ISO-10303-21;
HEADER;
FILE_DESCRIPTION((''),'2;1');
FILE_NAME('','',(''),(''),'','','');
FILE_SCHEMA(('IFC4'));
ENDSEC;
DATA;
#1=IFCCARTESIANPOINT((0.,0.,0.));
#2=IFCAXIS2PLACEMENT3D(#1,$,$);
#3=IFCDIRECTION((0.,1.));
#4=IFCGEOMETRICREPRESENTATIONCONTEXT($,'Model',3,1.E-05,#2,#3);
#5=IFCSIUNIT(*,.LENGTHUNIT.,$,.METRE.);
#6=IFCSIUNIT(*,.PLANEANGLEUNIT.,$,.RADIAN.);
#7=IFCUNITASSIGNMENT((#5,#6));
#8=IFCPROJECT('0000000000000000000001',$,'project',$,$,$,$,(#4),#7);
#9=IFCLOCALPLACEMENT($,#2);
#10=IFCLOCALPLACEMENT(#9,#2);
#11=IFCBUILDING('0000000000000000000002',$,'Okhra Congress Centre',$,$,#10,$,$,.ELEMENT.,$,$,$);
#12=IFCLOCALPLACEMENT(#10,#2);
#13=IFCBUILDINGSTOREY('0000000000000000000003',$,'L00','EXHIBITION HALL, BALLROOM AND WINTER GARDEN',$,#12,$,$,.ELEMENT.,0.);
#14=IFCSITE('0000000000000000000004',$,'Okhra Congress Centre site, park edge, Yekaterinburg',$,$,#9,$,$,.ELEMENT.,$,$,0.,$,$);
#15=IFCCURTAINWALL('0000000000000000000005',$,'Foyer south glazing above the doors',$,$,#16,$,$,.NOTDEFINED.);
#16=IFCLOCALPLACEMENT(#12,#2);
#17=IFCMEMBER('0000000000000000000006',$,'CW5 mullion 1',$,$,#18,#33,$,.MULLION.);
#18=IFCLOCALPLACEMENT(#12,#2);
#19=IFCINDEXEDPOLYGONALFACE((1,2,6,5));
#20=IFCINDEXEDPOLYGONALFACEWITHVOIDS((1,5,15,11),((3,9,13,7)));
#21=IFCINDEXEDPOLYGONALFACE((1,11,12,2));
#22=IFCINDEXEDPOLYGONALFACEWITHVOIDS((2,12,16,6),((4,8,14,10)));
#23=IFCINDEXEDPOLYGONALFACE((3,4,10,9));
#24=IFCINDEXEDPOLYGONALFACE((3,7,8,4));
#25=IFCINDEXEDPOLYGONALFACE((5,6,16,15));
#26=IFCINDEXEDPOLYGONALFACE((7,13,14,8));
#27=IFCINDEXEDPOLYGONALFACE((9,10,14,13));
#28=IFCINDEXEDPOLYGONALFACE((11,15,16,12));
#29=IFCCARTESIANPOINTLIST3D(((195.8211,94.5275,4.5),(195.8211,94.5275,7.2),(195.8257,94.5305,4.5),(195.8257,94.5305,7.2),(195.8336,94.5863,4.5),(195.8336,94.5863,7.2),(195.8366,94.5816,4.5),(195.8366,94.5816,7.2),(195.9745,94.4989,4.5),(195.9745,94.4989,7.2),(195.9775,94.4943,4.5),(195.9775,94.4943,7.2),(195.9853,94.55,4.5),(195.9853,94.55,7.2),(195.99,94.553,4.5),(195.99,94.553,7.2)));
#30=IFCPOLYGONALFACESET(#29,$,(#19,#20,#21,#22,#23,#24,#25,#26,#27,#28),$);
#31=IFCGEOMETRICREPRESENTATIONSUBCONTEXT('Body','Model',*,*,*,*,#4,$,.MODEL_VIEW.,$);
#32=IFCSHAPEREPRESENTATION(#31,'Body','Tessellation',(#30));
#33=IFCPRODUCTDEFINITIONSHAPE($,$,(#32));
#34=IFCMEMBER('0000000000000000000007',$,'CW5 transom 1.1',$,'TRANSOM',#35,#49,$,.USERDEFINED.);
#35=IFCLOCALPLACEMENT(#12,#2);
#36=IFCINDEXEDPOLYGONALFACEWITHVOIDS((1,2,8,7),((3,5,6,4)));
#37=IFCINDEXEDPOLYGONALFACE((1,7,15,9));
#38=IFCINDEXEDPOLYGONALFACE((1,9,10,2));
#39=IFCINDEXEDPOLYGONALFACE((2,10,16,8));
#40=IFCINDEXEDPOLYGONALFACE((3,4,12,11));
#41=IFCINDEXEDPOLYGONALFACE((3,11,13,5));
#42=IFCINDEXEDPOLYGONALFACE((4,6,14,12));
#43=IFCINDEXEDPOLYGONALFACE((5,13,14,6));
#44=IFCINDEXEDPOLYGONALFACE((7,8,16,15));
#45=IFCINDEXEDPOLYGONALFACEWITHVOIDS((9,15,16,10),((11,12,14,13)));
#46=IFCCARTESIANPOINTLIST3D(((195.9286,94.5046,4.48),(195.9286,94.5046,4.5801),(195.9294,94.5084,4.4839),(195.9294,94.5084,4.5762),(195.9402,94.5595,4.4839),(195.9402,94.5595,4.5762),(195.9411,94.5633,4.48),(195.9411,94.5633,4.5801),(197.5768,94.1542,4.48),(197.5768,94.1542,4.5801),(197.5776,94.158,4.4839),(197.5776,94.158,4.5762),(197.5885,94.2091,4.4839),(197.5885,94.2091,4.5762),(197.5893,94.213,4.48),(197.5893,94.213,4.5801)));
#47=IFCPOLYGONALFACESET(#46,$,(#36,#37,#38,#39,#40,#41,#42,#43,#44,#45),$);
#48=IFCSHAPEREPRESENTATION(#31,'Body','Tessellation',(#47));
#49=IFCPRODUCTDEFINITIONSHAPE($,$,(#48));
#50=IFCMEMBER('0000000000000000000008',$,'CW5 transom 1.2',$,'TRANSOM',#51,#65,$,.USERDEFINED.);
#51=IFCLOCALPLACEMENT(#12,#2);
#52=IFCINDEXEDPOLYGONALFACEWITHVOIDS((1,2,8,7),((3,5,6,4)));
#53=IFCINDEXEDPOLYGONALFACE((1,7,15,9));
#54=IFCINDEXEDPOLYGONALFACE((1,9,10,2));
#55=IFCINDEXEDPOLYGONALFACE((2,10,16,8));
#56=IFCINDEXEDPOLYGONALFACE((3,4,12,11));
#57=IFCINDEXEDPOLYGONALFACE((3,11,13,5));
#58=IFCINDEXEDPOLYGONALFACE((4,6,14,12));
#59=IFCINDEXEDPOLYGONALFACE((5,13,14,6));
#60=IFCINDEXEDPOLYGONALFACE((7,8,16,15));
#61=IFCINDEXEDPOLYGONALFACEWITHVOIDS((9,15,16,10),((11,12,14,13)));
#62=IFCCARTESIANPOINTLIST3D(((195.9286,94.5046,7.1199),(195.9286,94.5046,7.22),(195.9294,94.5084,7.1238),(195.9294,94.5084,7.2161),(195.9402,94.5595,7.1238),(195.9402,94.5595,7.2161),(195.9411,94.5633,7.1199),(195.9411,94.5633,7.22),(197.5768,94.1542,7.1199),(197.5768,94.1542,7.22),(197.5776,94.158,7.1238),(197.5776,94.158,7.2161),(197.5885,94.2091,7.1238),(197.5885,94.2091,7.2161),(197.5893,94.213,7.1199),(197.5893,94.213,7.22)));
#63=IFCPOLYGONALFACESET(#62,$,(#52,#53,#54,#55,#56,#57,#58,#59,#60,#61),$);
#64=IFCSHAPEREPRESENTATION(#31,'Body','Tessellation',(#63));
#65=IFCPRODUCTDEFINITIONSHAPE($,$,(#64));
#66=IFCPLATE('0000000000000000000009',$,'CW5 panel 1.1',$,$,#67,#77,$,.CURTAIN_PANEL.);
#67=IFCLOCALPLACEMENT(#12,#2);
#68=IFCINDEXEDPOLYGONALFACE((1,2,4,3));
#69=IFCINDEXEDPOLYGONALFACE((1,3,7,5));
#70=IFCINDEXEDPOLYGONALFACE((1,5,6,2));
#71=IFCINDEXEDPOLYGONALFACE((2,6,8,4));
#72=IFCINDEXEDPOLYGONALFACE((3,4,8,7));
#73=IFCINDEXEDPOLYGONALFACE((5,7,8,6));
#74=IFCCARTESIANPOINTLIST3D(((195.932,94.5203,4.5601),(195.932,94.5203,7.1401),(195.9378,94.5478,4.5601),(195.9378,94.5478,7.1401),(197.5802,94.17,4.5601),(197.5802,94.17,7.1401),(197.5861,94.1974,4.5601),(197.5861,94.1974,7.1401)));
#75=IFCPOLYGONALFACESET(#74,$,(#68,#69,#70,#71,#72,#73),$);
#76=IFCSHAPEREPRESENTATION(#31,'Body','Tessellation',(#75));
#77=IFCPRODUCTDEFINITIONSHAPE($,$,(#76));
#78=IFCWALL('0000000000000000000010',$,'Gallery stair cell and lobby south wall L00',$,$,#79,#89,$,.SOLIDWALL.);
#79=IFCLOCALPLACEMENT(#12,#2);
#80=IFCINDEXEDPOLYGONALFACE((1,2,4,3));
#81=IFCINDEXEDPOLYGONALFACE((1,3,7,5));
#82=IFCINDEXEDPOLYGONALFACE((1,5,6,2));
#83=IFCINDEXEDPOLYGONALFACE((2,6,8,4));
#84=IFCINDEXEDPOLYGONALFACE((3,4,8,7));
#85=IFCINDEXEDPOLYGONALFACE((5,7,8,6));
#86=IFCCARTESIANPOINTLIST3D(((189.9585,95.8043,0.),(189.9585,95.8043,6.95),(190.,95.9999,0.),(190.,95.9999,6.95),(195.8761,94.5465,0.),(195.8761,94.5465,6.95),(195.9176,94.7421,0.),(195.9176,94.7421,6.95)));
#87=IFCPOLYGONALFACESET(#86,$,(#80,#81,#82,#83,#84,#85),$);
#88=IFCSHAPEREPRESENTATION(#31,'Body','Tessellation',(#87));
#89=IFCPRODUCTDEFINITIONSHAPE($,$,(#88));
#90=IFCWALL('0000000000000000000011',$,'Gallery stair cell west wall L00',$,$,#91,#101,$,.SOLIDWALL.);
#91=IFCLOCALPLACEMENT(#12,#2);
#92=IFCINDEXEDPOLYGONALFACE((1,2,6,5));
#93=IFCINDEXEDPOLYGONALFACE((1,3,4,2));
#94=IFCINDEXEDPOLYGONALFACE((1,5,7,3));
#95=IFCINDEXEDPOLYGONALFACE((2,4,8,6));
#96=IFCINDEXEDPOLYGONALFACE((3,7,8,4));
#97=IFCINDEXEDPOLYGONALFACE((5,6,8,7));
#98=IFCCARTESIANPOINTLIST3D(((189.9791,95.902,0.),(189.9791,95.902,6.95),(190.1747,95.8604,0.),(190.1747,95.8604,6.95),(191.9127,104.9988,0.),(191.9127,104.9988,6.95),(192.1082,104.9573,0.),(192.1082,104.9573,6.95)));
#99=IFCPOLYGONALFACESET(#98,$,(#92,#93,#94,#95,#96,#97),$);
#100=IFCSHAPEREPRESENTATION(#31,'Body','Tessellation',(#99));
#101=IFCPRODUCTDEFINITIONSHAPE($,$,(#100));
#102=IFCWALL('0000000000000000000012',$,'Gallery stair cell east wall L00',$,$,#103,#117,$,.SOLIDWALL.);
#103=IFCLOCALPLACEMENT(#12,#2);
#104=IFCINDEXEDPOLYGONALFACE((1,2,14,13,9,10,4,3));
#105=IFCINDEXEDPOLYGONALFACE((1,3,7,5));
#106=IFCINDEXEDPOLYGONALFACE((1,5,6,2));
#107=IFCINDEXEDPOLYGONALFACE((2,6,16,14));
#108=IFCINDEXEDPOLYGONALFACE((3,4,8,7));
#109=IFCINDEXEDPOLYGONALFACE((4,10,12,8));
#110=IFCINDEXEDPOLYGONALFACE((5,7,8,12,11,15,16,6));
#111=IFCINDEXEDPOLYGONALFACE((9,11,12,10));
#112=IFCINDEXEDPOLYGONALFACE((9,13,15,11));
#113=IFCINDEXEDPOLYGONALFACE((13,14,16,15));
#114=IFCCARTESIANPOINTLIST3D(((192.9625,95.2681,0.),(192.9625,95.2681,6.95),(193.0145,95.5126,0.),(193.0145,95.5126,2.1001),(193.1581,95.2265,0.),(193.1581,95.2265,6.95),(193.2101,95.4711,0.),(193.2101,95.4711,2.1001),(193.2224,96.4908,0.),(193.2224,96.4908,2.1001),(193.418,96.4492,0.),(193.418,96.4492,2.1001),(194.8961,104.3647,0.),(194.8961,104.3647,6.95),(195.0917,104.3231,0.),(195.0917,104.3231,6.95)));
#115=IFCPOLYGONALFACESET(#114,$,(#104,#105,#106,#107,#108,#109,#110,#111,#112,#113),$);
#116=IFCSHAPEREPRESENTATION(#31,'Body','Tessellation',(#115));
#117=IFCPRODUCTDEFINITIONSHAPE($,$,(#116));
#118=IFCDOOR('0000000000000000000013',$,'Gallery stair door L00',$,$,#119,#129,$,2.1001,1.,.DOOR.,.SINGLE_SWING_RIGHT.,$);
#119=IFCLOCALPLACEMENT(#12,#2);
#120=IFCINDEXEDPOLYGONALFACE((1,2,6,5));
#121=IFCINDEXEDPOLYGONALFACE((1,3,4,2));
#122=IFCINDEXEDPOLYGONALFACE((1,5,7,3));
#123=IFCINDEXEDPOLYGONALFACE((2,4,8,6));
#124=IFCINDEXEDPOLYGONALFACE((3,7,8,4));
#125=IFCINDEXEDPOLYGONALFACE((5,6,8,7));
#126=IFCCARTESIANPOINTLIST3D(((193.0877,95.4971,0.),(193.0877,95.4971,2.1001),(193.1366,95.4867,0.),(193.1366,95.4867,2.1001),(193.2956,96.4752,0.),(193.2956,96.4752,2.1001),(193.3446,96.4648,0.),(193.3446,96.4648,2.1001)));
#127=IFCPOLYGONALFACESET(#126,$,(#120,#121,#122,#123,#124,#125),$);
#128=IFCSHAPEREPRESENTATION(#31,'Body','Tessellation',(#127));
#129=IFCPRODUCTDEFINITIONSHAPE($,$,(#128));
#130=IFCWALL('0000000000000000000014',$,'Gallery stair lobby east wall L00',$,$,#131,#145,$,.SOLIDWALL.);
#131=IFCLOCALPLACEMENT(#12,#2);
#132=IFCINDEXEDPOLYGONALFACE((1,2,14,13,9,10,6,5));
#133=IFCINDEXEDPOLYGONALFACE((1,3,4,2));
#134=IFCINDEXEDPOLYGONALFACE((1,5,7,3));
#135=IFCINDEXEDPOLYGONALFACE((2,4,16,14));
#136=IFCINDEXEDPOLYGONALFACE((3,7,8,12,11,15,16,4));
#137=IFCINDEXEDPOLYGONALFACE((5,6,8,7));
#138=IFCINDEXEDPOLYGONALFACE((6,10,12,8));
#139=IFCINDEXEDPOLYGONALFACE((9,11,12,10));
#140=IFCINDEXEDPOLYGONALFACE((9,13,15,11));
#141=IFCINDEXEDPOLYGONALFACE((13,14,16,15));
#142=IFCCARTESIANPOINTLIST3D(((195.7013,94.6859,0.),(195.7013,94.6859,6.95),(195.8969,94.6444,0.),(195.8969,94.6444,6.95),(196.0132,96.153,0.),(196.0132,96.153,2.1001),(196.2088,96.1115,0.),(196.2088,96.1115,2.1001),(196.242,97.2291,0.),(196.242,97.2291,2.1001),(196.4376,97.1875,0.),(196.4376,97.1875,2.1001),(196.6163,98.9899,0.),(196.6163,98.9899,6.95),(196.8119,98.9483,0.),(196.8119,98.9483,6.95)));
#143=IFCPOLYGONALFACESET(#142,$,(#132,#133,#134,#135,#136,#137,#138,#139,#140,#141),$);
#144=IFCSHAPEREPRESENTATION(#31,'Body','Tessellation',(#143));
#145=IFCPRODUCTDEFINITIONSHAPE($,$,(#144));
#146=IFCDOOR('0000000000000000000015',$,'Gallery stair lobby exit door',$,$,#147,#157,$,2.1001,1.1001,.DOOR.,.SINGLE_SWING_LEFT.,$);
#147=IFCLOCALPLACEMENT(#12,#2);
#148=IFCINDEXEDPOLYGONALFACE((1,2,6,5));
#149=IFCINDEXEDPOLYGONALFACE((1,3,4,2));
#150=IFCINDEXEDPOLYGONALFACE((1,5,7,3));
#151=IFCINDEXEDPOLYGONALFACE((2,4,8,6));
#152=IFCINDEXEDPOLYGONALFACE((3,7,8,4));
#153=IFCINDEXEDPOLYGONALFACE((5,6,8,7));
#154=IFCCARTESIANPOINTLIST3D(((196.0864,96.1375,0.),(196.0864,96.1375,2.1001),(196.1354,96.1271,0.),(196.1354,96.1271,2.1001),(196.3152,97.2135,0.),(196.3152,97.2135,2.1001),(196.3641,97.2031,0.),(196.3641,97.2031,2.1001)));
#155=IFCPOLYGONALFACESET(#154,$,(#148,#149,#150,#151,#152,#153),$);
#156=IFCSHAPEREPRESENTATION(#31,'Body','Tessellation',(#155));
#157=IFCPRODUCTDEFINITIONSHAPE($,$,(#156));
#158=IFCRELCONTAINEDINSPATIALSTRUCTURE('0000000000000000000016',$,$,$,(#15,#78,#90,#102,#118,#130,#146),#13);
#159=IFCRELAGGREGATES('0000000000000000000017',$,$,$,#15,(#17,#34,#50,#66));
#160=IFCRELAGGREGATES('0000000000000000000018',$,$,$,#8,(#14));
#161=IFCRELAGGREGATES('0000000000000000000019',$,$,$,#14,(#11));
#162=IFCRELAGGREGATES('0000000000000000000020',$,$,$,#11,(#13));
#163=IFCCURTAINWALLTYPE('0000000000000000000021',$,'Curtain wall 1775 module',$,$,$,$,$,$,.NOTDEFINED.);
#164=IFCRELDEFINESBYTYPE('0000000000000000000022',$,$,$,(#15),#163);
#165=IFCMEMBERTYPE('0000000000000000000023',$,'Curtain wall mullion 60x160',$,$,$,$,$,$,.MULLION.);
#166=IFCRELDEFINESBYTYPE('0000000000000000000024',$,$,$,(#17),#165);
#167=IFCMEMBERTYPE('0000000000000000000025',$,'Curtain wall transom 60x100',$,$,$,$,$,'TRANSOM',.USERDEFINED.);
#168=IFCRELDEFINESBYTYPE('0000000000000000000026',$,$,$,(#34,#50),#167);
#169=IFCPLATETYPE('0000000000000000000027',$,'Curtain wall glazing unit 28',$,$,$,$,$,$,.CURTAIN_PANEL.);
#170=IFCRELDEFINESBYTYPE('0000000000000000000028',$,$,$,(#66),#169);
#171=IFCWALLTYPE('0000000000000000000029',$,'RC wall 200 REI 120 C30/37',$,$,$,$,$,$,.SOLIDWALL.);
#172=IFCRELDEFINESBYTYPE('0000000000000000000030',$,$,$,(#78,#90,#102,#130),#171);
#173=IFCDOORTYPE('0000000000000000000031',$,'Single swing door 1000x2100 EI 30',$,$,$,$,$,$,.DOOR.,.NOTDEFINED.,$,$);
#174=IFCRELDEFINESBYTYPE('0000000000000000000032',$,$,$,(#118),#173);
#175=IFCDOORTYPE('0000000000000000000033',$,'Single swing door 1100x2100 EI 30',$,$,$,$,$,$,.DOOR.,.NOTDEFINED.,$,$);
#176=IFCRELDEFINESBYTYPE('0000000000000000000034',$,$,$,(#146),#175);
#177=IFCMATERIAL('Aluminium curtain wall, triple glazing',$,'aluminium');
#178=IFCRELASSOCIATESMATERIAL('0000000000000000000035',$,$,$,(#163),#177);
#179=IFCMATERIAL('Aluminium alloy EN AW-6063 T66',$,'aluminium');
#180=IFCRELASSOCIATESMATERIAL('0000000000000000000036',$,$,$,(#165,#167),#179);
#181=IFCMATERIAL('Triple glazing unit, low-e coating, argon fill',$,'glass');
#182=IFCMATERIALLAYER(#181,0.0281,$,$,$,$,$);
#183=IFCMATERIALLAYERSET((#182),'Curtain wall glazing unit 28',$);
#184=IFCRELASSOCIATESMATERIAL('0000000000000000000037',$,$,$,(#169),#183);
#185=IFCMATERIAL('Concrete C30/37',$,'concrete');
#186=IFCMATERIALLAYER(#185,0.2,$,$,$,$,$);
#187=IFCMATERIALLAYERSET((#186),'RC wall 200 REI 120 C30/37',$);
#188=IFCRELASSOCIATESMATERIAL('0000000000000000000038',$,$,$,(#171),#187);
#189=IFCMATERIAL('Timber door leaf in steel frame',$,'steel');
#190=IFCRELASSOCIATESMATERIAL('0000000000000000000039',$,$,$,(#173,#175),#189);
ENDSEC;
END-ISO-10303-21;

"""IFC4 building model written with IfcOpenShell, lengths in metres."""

from ifc_helpers import new_model, si_unit, direction, frame, frame_2d, origin, origin_2d, place, context, subcontext, project, spatial, rectangle, hollow_rectangle, extrude, material, layer, layer_set, material_profile, profile_set, type_object, element, fill, aggregate, save


model = new_model("IFC4")

# Units and contexts
model_context = context("Model", 3, precision=1e-05, world=origin(), true_north=direction((0.0, 1.0)))
body_context = subcontext(model_context, "Body", "Model", "MODEL_VIEW")
ifc_project = project(units=[si_unit("LENGTHUNIT", "METRE"), si_unit("PLANEANGLEUNIT", "RADIAN")], contexts=[model_context])

# Site, building, storey
site_placement = place(None, origin())
site = spatial("IfcSite", under=ifc_project, at=site_placement, Name="Okhra Congress Centre site, park edge, Yekaterinburg", CompositionType="ELEMENT", RefElevation=0.0)
building_placement = place(site_placement, origin())
building = spatial("IfcBuilding", under=site, at=building_placement, Name="Okhra Congress Centre", CompositionType="ELEMENT")
storey_placement = place(building_placement, origin())
storey = spatial("IfcBuildingStorey", under=building, at=storey_placement, Name="L00", Description="EXHIBITION HALL, BALLROOM AND WINTER GARDEN", CompositionType="ELEMENT", Elevation=0.0)

# Curtain wall, members, plate
ifc_material_1 = material(Name="Aluminium curtain wall, triple glazing", Category="aluminium")
curtain_wall_type = type_object("IfcCurtainWallType", Name="Curtain wall 1775 module", PredefinedType="NOTDEFINED", material=ifc_material_1)
curtain_wall_placement = place(storey_placement, origin())
curtain_wall = element("IfcCurtainWall", 1, at=curtain_wall_placement, inside=storey, type_object=curtain_wall_type, Name="Foyer south glazing above the doors", PredefinedType="NOTDEFINED")
ifc_material_2 = material(Name="Aluminium alloy EN AW-6063 T66", Category="aluminium")
ifc_material_profile_1 = material_profile(ifc_material_2, hollow_rectangle(XDim=0.0601, YDim=0.1599, WallThickness=0.0039, at=origin_2d()), Name="RHS 60x160x4")
ifc_profile_set_1 = profile_set([ifc_material_profile_1], Name="Aluminium alloy EN AW-6063 T66")
member_type_1 = type_object("IfcMemberType", Name="Curtain wall mullion 60x160", PredefinedType="MULLION", material=ifc_profile_set_1)
member_1_placement = place(storey_placement, frame((195.9055, 94.5403, 4.5), z_axis=(0.0, 0.0, 1.0), x_axis=(0.207912, 0.978148, 0.0)))
member_1 = element("IfcMember", 2, at=member_1_placement, type_object=member_type_1, Name="CW5 mullion 1", PredefinedType="MULLION", context=body_context, shape_type="SweptSolid", body=[
    extrude(hollow_rectangle(XDim=0.0601, YDim=0.1599, WallThickness=0.0039, at=origin_2d()), origin(), (0.0, 0.0, 1.0), 2.7),
])
ifc_material_profile_2 = material_profile(ifc_material_2, hollow_rectangle(XDim=0.0601, YDim=0.1001, WallThickness=0.0039, at=origin_2d()), Name="RHS 60x100x4")
ifc_profile_set_2 = profile_set([ifc_material_profile_2], Name="Aluminium alloy EN AW-6063 T66")
member_type_2 = type_object("IfcMemberType", Name="Curtain wall transom 60x100", ElementType="TRANSOM", PredefinedType="USERDEFINED", material=ifc_profile_set_2)
member_2_placement = place(storey_placement, frame((195.9348, 94.5339, 4.53), z_axis=(0.978147, -0.207916, 0.0), x_axis=(0.207916, 0.978147, 0.0)))
member_2 = element("IfcMember", 3, at=member_2_placement, type_object=member_type_2, Name="CW5 transom 1.1", ObjectType="TRANSOM", PredefinedType="USERDEFINED", context=body_context, shape_type="SweptSolid", body=[
    extrude(hollow_rectangle(XDim=0.0601, YDim=0.1001, WallThickness=0.0039, at=origin_2d()), origin(), (0.0, 0.0, 1.0), 1.6851),
])
member_3_placement = place(storey_placement, frame((195.9348, 94.5339, 7.1699), z_axis=(0.978147, -0.207916, 0.0), x_axis=(0.207916, 0.978147, 0.0)))
member_3 = element("IfcMember", 4, at=member_3_placement, type_object=member_type_2, Name="CW5 transom 1.2", ObjectType="TRANSOM", PredefinedType="USERDEFINED", context=body_context, shape_type="SweptSolid", body=[
    extrude(hollow_rectangle(XDim=0.0601, YDim=0.1001, WallThickness=0.0039, at=origin_2d()), origin(), (0.0, 0.0, 1.0), 1.6851),
])
ifc_material_3 = material(Name="Triple glazing unit, low-e coating, argon fill", Category="glass")
ifc_layer_1 = layer(ifc_material_3, 0.0281)
ifc_layer_set_1 = layer_set([ifc_layer_1], Name="Curtain wall glazing unit 28")
plate_type = type_object("IfcPlateType", Name="Curtain wall glazing unit 28", PredefinedType="CURTAIN_PANEL", material=ifc_layer_set_1)
plate_placement = place(storey_placement, frame((196.759, 94.3589, 4.5601), z_axis=(0.0, 0.0, 1.0), x_axis=(0.978148, -0.207912, 0.0)))
plate = element("IfcPlate", 5, at=plate_placement, type_object=plate_type, Name="CW5 panel 1.1", PredefinedType="CURTAIN_PANEL", context=body_context, shape_type="SweptSolid", body=[
    extrude(rectangle(XDim=1.6851, YDim=0.0281, at=origin_2d()), origin(), (0.0, 0.0, 1.0), 2.5801),
])
aggregate(curtain_wall, [member_1, member_2, member_3, plate])

# Shared definitions
ifc_material_4 = material(Name="Concrete C30/37", Category="concrete")

# Walls
ifc_layer_2 = layer(ifc_material_4, 0.2)
ifc_layer_set_2 = layer_set([ifc_layer_2], Name="RC wall 200 REI 120 C30/37")
wall_type_1 = type_object("IfcWallType", Name="RC wall 200 REI 120 C30/37", PredefinedType="SOLIDWALL", material=ifc_layer_set_2)
wall_1_placement = place(storey_placement, frame((189.9792, 95.9021, 0.0), z_axis=(0.0, 0.0, 1.0), x_axis=(0.978149, -0.207906, 0.0)))
element("IfcWall", 6, at=wall_1_placement, inside=storey, type_object=wall_type_1, Name="Gallery stair cell and lobby south wall L00", PredefinedType="SOLIDWALL", context=body_context, shape_type="SweptSolid", body=[
    extrude(rectangle(XDim=6.0498, YDim=0.2, at=frame_2d((3.0249, 0.0))), origin(), (0.0, 0.0, 1.0), 6.95),
])
wall_2_placement = place(storey_placement, frame((190.0769, 95.8813, 0.0), z_axis=(0.0, 0.0, 1.0), x_axis=(0.20791, 0.978148, 0.0)))
element("IfcWall", 7, at=wall_2_placement, inside=storey, type_object=wall_type_1, Name="Gallery stair cell west wall L00", PredefinedType="SOLIDWALL", context=body_context, shape_type="SweptSolid", body=[
    extrude(rectangle(XDim=9.3, YDim=0.2, at=frame_2d((4.6499, 0.0))), origin(), (0.0, 0.0, 1.0), 6.95),
])

# Walls, openings, doors
wall_3_placement = place(storey_placement, frame((193.0603, 95.2473, 0.0), z_axis=(0.0, 0.0, 1.0), x_axis=(0.207915, 0.978147, 0.0)))
wall_3 = element("IfcWall", 8, at=wall_3_placement, inside=storey, type_object=wall_type_1, Name="Gallery stair cell east wall L00", PredefinedType="SOLIDWALL", context=body_context, shape_type="SweptSolid", body=[
    extrude(rectangle(XDim=9.2998, YDim=0.2, at=frame_2d((4.6499, 0.0))), origin(), (0.0, 0.0, 1.0), 6.95),
])
opening_1_placement = place(wall_3_placement, frame((0.25, 0.0, 0.0)))
opening_1 = element("IfcOpeningElement", 9, at=opening_1_placement, cuts=wall_3, PredefinedType="OPENING", context=body_context, shape_type="SweptSolid", body=[
    extrude(rectangle(XDim=1.0, YDim=2.1001, at=frame_2d((0.5, 1.05))), frame((0.0, 0.1099, 0.0), z_axis=(0.0, -1.0, 0.0), x_axis=(1.0, 0.0, 0.0)), (0.0, 0.0, 1.0), 0.22),
])
ifc_material_5 = material(Name="Timber door leaf in steel frame", Category="steel")
door_type_1 = type_object("IfcDoorType", Name="Single swing door 1000x2100 EI 30", OperationType="NOTDEFINED", PredefinedType="DOOR", material=ifc_material_5)
door_1_placement = place(opening_1_placement, frame((1.0, 0.0, 0.0), z_axis=(0.0, 0.0, 1.0), x_axis=(-1.0, 0.0, 0.0)))
door_1 = element("IfcDoor", 10, at=door_1_placement, inside=storey, type_object=door_type_1, Name="Gallery stair door L00", OperationType="SINGLE_SWING_RIGHT", OverallHeight=2.1001, OverallWidth=1.0, PredefinedType="DOOR", context=body_context, shape_type="SweptSolid", body=[
    extrude(rectangle(XDim=1.0, YDim=2.1001, at=frame_2d((0.5, 1.05))), frame((0.0, 0.0249, 0.0), z_axis=(0.0, -1.0, 0.0), x_axis=(1.0, 0.0, 0.0)), (0.0, 0.0, 1.0), 0.05),
])
fill(opening_1, door_1)
wall_4_placement = place(storey_placement, frame((195.7991, 94.665, 0.0), z_axis=(0.0, 0.0, 1.0), x_axis=(0.207956, 0.978138, 0.0)))
wall_4 = element("IfcWall", 11, at=wall_4_placement, inside=storey, type_object=wall_type_1, Name="Gallery stair lobby east wall L00", PredefinedType="SOLIDWALL", context=body_context, shape_type="SweptSolid", body=[
    extrude(rectangle(XDim=4.4001, YDim=0.2, at=frame_2d((2.2002, 0.0))), origin(), (0.0, 0.0, 1.0), 6.95),
])
opening_2_placement = place(wall_4_placement, frame((1.5, 0.0, 0.0)))
opening_2 = element("IfcOpeningElement", 12, at=opening_2_placement, cuts=wall_4, PredefinedType="OPENING", context=body_context, shape_type="SweptSolid", body=[
    extrude(rectangle(XDim=1.1001, YDim=2.1001, at=frame_2d((0.55, 1.05))), frame((0.0, 0.1099, 0.0), z_axis=(0.0, -1.0, 0.0), x_axis=(1.0, 0.0, 0.0)), (0.0, 0.0, 1.0), 0.22),
])
door_type_2 = type_object("IfcDoorType", Name="Single swing door 1100x2100 EI 30", OperationType="NOTDEFINED", PredefinedType="DOOR", material=ifc_material_5)
door_2_placement = place(opening_2_placement, frame((1.1001, 0.0, 0.0), z_axis=(0.0, 0.0, 1.0), x_axis=(-1.0, 0.0, 0.0)))
door_2 = element("IfcDoor", 13, at=door_2_placement, inside=storey, type_object=door_type_2, Name="Gallery stair lobby exit door", OperationType="SINGLE_SWING_LEFT", OverallHeight=2.1001, OverallWidth=1.1001, PredefinedType="DOOR", context=body_context, shape_type="SweptSolid", body=[
    extrude(rectangle(XDim=1.1001, YDim=2.1001, at=frame_2d((0.55, 1.05))), frame((0.0, 0.0249, 0.0), z_axis=(0.0, -1.0, 0.0), x_axis=(1.0, 0.0, 0.0)), (0.0, 0.0, 1.0), 0.05),
])
fill(opening_2, door_2)

save(model, "model.ifc")
